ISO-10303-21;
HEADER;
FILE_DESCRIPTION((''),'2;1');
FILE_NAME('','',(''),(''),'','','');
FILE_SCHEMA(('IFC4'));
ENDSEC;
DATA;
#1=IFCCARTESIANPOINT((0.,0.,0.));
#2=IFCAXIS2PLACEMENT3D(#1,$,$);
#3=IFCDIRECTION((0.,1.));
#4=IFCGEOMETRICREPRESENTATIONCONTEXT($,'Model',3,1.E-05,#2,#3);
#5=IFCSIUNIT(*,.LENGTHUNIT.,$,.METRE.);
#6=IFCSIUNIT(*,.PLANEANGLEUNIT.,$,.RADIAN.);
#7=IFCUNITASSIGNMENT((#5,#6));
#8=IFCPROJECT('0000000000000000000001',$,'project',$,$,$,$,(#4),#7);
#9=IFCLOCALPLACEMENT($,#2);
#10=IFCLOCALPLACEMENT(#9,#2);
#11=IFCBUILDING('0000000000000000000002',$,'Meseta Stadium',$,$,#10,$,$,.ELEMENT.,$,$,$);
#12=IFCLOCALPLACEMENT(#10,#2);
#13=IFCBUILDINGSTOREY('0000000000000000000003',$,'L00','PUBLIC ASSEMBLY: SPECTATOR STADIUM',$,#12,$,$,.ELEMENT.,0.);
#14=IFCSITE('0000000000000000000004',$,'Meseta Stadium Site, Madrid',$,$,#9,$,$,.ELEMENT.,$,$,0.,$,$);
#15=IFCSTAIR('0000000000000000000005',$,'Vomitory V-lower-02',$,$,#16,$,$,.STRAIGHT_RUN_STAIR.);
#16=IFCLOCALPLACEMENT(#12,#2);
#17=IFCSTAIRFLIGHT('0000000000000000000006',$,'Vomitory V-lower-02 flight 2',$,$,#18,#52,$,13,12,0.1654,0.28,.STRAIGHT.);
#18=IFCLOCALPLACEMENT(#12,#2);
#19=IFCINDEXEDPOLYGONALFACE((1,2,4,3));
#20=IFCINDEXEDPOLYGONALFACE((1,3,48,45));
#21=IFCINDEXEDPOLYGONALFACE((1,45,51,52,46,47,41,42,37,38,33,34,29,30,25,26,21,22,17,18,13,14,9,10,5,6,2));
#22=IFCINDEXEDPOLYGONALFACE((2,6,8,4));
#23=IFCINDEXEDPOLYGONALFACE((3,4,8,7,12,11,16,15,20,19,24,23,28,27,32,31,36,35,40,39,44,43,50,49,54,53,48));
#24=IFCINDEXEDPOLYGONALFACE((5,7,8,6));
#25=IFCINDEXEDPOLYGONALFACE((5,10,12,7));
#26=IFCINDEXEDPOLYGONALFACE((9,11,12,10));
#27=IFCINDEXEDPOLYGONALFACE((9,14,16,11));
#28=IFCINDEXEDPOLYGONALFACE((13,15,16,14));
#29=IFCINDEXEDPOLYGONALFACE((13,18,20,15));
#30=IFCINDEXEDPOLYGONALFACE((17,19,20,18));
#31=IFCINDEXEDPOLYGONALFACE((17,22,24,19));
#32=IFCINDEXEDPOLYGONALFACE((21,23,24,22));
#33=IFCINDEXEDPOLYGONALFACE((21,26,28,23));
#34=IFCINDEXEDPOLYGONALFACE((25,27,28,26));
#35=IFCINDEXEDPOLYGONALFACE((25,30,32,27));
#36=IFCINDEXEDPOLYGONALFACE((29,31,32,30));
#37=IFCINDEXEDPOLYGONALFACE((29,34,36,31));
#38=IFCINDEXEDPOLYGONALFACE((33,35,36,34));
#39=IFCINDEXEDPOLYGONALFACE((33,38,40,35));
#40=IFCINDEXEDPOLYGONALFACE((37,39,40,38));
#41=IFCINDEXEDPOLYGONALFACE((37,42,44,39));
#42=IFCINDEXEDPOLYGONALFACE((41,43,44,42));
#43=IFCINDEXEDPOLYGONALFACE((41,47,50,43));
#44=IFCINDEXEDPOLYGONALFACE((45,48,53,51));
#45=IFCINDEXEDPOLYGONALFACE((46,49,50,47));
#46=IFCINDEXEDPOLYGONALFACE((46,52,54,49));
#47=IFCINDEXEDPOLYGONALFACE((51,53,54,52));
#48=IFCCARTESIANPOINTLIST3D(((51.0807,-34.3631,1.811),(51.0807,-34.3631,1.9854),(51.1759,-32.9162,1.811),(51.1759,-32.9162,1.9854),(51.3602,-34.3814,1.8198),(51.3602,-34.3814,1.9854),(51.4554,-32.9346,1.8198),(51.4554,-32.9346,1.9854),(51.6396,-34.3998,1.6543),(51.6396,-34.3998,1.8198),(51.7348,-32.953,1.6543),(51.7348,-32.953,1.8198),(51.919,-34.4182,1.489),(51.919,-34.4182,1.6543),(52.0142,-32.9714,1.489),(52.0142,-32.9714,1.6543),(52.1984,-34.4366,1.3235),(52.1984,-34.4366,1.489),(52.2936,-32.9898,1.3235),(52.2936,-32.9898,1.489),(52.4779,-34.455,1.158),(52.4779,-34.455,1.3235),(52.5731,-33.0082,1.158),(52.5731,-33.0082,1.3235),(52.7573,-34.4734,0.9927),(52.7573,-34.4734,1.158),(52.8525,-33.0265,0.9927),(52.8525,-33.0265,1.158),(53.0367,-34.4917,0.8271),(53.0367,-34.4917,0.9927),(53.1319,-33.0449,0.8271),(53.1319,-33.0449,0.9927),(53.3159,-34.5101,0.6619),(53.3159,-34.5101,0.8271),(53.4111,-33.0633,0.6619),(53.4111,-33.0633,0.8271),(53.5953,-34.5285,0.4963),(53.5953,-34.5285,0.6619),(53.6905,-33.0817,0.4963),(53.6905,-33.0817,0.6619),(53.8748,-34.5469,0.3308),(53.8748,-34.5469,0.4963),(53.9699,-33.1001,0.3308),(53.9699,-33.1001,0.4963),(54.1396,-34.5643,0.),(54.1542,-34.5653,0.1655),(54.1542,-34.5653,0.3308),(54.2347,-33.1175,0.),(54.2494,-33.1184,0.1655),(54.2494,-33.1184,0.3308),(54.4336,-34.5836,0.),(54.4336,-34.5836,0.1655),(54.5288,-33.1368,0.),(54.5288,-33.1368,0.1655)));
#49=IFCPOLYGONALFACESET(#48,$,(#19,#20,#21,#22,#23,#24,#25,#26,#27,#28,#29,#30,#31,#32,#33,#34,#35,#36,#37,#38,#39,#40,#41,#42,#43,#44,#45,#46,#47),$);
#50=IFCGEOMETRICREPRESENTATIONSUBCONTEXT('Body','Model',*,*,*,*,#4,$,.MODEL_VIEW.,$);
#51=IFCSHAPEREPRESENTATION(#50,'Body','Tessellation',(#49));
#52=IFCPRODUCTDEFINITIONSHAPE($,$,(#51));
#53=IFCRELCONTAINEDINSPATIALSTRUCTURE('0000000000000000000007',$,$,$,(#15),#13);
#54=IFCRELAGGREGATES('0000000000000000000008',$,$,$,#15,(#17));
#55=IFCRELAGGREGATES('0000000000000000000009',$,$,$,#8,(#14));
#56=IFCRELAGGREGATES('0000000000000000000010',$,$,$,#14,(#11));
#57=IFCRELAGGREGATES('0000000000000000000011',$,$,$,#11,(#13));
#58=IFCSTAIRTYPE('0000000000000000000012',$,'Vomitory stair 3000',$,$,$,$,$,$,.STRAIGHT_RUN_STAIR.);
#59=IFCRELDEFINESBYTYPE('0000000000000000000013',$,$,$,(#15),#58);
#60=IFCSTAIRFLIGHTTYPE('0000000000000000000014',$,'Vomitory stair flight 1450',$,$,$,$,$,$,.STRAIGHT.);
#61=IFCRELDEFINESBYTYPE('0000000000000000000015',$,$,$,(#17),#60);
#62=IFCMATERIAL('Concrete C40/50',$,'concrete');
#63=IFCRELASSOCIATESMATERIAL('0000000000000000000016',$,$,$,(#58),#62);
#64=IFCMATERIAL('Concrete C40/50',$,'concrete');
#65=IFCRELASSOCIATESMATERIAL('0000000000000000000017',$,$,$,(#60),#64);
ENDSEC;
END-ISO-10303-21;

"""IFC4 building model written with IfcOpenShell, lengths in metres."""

from ifc_helpers import new_model, si_unit, direction, frame, origin, place, context, subcontext, project, spatial, polyline, outline, extrude, material, type_object, element, aggregate, save


model = new_model("IFC4")

# Units and contexts
model_context = context("Model", 3, precision=1e-05, world=origin(), true_north=direction((0.0, 1.0)))
body_context = subcontext(model_context, "Body", "Model", "MODEL_VIEW")
ifc_project = project(units=[si_unit("LENGTHUNIT", "METRE"), si_unit("PLANEANGLEUNIT", "RADIAN")], contexts=[model_context])

# Site, building, storey
site_placement = place(None, origin())
site = spatial("IfcSite", under=ifc_project, at=site_placement, Name="Meseta Stadium Site, Madrid", CompositionType="ELEMENT", RefElevation=0.0)
building_placement = place(site_placement, origin())
building = spatial("IfcBuilding", under=site, at=building_placement, Name="Meseta Stadium", CompositionType="ELEMENT")
storey_placement = place(building_placement, origin())
storey = spatial("IfcBuildingStorey", under=building, at=storey_placement, Name="L00", Description="PUBLIC ASSEMBLY: SPECTATOR STADIUM", CompositionType="ELEMENT", Elevation=0.0)

# Stair, stair flight
ifc_material_1 = material(Name="Concrete C40/50", Category="concrete")
stair_type = type_object("IfcStairType", Name="Vomitory stair 3000", PredefinedType="STRAIGHT_RUN_STAIR", material=ifc_material_1)
ifc_material_2 = material(Name="Concrete C40/50", Category="concrete")
stair_flight_type = type_object("IfcStairFlightType", Name="Vomitory stair flight 1450", PredefinedType="STRAIGHT", material=ifc_material_2)
stair_1_placement = place(storey_placement, origin())
stair_1 = element("IfcStair", 1, at=stair_1_placement, inside=storey, type_object=stair_type, Name="Vomitory V-lower-02", PredefinedType="STRAIGHT_RUN_STAIR")
stair_flight_1_placement = place(storey_placement, frame((54.4812, -33.8601, 0.0), z_axis=(0.0, 0.0, 1.0), x_axis=(-0.997843, 0.065647, 0.0)))
stair_flight_1 = element("IfcStairFlight", 2, at=stair_flight_1_placement, type_object=stair_flight_type, Name="Vomitory V-lower-02 flight 2", NumberOfRisers=13, NumberOfTreads=12, PredefinedType="STRAIGHT", RiserHeight=0.1654, TreadLength=0.28, context=body_context, shape_type="SweptSolid", body=[
    extrude(outline(polyline([(0.0, 0.0), (0.0, 0.1655), (0.28, 0.1655), (0.28, 0.3308), (0.5601, 0.3308), (0.5601, 0.4963), (0.8401, 0.4963), (0.8401, 0.6619), (1.1201, 0.6619), (1.1201, 0.8271), (1.3999, 0.8271), (1.3999, 0.9927), (1.6799, 0.9927), (1.6799, 1.158), (1.96, 1.158), (1.96, 1.3235), (2.24, 1.3235), (2.24, 1.489), (2.52, 1.489), (2.52, 1.6543), (2.8, 1.6543), (2.8, 1.8198), (3.0801, 1.8198), (3.0801, 1.9854), (3.3601, 1.9854), (3.3601, 1.811), (0.2947, 0.0), (0.0, 0.0)])), frame((0.0, 0.7251, 0.0), z_axis=(0.0, -1.0, 0.0), x_axis=(1.0, 0.0, 0.0)), (0.0, 0.0, 1.0), 1.45),
])
aggregate(stair_1, [stair_flight_1])

save(model, "model.ifc")
